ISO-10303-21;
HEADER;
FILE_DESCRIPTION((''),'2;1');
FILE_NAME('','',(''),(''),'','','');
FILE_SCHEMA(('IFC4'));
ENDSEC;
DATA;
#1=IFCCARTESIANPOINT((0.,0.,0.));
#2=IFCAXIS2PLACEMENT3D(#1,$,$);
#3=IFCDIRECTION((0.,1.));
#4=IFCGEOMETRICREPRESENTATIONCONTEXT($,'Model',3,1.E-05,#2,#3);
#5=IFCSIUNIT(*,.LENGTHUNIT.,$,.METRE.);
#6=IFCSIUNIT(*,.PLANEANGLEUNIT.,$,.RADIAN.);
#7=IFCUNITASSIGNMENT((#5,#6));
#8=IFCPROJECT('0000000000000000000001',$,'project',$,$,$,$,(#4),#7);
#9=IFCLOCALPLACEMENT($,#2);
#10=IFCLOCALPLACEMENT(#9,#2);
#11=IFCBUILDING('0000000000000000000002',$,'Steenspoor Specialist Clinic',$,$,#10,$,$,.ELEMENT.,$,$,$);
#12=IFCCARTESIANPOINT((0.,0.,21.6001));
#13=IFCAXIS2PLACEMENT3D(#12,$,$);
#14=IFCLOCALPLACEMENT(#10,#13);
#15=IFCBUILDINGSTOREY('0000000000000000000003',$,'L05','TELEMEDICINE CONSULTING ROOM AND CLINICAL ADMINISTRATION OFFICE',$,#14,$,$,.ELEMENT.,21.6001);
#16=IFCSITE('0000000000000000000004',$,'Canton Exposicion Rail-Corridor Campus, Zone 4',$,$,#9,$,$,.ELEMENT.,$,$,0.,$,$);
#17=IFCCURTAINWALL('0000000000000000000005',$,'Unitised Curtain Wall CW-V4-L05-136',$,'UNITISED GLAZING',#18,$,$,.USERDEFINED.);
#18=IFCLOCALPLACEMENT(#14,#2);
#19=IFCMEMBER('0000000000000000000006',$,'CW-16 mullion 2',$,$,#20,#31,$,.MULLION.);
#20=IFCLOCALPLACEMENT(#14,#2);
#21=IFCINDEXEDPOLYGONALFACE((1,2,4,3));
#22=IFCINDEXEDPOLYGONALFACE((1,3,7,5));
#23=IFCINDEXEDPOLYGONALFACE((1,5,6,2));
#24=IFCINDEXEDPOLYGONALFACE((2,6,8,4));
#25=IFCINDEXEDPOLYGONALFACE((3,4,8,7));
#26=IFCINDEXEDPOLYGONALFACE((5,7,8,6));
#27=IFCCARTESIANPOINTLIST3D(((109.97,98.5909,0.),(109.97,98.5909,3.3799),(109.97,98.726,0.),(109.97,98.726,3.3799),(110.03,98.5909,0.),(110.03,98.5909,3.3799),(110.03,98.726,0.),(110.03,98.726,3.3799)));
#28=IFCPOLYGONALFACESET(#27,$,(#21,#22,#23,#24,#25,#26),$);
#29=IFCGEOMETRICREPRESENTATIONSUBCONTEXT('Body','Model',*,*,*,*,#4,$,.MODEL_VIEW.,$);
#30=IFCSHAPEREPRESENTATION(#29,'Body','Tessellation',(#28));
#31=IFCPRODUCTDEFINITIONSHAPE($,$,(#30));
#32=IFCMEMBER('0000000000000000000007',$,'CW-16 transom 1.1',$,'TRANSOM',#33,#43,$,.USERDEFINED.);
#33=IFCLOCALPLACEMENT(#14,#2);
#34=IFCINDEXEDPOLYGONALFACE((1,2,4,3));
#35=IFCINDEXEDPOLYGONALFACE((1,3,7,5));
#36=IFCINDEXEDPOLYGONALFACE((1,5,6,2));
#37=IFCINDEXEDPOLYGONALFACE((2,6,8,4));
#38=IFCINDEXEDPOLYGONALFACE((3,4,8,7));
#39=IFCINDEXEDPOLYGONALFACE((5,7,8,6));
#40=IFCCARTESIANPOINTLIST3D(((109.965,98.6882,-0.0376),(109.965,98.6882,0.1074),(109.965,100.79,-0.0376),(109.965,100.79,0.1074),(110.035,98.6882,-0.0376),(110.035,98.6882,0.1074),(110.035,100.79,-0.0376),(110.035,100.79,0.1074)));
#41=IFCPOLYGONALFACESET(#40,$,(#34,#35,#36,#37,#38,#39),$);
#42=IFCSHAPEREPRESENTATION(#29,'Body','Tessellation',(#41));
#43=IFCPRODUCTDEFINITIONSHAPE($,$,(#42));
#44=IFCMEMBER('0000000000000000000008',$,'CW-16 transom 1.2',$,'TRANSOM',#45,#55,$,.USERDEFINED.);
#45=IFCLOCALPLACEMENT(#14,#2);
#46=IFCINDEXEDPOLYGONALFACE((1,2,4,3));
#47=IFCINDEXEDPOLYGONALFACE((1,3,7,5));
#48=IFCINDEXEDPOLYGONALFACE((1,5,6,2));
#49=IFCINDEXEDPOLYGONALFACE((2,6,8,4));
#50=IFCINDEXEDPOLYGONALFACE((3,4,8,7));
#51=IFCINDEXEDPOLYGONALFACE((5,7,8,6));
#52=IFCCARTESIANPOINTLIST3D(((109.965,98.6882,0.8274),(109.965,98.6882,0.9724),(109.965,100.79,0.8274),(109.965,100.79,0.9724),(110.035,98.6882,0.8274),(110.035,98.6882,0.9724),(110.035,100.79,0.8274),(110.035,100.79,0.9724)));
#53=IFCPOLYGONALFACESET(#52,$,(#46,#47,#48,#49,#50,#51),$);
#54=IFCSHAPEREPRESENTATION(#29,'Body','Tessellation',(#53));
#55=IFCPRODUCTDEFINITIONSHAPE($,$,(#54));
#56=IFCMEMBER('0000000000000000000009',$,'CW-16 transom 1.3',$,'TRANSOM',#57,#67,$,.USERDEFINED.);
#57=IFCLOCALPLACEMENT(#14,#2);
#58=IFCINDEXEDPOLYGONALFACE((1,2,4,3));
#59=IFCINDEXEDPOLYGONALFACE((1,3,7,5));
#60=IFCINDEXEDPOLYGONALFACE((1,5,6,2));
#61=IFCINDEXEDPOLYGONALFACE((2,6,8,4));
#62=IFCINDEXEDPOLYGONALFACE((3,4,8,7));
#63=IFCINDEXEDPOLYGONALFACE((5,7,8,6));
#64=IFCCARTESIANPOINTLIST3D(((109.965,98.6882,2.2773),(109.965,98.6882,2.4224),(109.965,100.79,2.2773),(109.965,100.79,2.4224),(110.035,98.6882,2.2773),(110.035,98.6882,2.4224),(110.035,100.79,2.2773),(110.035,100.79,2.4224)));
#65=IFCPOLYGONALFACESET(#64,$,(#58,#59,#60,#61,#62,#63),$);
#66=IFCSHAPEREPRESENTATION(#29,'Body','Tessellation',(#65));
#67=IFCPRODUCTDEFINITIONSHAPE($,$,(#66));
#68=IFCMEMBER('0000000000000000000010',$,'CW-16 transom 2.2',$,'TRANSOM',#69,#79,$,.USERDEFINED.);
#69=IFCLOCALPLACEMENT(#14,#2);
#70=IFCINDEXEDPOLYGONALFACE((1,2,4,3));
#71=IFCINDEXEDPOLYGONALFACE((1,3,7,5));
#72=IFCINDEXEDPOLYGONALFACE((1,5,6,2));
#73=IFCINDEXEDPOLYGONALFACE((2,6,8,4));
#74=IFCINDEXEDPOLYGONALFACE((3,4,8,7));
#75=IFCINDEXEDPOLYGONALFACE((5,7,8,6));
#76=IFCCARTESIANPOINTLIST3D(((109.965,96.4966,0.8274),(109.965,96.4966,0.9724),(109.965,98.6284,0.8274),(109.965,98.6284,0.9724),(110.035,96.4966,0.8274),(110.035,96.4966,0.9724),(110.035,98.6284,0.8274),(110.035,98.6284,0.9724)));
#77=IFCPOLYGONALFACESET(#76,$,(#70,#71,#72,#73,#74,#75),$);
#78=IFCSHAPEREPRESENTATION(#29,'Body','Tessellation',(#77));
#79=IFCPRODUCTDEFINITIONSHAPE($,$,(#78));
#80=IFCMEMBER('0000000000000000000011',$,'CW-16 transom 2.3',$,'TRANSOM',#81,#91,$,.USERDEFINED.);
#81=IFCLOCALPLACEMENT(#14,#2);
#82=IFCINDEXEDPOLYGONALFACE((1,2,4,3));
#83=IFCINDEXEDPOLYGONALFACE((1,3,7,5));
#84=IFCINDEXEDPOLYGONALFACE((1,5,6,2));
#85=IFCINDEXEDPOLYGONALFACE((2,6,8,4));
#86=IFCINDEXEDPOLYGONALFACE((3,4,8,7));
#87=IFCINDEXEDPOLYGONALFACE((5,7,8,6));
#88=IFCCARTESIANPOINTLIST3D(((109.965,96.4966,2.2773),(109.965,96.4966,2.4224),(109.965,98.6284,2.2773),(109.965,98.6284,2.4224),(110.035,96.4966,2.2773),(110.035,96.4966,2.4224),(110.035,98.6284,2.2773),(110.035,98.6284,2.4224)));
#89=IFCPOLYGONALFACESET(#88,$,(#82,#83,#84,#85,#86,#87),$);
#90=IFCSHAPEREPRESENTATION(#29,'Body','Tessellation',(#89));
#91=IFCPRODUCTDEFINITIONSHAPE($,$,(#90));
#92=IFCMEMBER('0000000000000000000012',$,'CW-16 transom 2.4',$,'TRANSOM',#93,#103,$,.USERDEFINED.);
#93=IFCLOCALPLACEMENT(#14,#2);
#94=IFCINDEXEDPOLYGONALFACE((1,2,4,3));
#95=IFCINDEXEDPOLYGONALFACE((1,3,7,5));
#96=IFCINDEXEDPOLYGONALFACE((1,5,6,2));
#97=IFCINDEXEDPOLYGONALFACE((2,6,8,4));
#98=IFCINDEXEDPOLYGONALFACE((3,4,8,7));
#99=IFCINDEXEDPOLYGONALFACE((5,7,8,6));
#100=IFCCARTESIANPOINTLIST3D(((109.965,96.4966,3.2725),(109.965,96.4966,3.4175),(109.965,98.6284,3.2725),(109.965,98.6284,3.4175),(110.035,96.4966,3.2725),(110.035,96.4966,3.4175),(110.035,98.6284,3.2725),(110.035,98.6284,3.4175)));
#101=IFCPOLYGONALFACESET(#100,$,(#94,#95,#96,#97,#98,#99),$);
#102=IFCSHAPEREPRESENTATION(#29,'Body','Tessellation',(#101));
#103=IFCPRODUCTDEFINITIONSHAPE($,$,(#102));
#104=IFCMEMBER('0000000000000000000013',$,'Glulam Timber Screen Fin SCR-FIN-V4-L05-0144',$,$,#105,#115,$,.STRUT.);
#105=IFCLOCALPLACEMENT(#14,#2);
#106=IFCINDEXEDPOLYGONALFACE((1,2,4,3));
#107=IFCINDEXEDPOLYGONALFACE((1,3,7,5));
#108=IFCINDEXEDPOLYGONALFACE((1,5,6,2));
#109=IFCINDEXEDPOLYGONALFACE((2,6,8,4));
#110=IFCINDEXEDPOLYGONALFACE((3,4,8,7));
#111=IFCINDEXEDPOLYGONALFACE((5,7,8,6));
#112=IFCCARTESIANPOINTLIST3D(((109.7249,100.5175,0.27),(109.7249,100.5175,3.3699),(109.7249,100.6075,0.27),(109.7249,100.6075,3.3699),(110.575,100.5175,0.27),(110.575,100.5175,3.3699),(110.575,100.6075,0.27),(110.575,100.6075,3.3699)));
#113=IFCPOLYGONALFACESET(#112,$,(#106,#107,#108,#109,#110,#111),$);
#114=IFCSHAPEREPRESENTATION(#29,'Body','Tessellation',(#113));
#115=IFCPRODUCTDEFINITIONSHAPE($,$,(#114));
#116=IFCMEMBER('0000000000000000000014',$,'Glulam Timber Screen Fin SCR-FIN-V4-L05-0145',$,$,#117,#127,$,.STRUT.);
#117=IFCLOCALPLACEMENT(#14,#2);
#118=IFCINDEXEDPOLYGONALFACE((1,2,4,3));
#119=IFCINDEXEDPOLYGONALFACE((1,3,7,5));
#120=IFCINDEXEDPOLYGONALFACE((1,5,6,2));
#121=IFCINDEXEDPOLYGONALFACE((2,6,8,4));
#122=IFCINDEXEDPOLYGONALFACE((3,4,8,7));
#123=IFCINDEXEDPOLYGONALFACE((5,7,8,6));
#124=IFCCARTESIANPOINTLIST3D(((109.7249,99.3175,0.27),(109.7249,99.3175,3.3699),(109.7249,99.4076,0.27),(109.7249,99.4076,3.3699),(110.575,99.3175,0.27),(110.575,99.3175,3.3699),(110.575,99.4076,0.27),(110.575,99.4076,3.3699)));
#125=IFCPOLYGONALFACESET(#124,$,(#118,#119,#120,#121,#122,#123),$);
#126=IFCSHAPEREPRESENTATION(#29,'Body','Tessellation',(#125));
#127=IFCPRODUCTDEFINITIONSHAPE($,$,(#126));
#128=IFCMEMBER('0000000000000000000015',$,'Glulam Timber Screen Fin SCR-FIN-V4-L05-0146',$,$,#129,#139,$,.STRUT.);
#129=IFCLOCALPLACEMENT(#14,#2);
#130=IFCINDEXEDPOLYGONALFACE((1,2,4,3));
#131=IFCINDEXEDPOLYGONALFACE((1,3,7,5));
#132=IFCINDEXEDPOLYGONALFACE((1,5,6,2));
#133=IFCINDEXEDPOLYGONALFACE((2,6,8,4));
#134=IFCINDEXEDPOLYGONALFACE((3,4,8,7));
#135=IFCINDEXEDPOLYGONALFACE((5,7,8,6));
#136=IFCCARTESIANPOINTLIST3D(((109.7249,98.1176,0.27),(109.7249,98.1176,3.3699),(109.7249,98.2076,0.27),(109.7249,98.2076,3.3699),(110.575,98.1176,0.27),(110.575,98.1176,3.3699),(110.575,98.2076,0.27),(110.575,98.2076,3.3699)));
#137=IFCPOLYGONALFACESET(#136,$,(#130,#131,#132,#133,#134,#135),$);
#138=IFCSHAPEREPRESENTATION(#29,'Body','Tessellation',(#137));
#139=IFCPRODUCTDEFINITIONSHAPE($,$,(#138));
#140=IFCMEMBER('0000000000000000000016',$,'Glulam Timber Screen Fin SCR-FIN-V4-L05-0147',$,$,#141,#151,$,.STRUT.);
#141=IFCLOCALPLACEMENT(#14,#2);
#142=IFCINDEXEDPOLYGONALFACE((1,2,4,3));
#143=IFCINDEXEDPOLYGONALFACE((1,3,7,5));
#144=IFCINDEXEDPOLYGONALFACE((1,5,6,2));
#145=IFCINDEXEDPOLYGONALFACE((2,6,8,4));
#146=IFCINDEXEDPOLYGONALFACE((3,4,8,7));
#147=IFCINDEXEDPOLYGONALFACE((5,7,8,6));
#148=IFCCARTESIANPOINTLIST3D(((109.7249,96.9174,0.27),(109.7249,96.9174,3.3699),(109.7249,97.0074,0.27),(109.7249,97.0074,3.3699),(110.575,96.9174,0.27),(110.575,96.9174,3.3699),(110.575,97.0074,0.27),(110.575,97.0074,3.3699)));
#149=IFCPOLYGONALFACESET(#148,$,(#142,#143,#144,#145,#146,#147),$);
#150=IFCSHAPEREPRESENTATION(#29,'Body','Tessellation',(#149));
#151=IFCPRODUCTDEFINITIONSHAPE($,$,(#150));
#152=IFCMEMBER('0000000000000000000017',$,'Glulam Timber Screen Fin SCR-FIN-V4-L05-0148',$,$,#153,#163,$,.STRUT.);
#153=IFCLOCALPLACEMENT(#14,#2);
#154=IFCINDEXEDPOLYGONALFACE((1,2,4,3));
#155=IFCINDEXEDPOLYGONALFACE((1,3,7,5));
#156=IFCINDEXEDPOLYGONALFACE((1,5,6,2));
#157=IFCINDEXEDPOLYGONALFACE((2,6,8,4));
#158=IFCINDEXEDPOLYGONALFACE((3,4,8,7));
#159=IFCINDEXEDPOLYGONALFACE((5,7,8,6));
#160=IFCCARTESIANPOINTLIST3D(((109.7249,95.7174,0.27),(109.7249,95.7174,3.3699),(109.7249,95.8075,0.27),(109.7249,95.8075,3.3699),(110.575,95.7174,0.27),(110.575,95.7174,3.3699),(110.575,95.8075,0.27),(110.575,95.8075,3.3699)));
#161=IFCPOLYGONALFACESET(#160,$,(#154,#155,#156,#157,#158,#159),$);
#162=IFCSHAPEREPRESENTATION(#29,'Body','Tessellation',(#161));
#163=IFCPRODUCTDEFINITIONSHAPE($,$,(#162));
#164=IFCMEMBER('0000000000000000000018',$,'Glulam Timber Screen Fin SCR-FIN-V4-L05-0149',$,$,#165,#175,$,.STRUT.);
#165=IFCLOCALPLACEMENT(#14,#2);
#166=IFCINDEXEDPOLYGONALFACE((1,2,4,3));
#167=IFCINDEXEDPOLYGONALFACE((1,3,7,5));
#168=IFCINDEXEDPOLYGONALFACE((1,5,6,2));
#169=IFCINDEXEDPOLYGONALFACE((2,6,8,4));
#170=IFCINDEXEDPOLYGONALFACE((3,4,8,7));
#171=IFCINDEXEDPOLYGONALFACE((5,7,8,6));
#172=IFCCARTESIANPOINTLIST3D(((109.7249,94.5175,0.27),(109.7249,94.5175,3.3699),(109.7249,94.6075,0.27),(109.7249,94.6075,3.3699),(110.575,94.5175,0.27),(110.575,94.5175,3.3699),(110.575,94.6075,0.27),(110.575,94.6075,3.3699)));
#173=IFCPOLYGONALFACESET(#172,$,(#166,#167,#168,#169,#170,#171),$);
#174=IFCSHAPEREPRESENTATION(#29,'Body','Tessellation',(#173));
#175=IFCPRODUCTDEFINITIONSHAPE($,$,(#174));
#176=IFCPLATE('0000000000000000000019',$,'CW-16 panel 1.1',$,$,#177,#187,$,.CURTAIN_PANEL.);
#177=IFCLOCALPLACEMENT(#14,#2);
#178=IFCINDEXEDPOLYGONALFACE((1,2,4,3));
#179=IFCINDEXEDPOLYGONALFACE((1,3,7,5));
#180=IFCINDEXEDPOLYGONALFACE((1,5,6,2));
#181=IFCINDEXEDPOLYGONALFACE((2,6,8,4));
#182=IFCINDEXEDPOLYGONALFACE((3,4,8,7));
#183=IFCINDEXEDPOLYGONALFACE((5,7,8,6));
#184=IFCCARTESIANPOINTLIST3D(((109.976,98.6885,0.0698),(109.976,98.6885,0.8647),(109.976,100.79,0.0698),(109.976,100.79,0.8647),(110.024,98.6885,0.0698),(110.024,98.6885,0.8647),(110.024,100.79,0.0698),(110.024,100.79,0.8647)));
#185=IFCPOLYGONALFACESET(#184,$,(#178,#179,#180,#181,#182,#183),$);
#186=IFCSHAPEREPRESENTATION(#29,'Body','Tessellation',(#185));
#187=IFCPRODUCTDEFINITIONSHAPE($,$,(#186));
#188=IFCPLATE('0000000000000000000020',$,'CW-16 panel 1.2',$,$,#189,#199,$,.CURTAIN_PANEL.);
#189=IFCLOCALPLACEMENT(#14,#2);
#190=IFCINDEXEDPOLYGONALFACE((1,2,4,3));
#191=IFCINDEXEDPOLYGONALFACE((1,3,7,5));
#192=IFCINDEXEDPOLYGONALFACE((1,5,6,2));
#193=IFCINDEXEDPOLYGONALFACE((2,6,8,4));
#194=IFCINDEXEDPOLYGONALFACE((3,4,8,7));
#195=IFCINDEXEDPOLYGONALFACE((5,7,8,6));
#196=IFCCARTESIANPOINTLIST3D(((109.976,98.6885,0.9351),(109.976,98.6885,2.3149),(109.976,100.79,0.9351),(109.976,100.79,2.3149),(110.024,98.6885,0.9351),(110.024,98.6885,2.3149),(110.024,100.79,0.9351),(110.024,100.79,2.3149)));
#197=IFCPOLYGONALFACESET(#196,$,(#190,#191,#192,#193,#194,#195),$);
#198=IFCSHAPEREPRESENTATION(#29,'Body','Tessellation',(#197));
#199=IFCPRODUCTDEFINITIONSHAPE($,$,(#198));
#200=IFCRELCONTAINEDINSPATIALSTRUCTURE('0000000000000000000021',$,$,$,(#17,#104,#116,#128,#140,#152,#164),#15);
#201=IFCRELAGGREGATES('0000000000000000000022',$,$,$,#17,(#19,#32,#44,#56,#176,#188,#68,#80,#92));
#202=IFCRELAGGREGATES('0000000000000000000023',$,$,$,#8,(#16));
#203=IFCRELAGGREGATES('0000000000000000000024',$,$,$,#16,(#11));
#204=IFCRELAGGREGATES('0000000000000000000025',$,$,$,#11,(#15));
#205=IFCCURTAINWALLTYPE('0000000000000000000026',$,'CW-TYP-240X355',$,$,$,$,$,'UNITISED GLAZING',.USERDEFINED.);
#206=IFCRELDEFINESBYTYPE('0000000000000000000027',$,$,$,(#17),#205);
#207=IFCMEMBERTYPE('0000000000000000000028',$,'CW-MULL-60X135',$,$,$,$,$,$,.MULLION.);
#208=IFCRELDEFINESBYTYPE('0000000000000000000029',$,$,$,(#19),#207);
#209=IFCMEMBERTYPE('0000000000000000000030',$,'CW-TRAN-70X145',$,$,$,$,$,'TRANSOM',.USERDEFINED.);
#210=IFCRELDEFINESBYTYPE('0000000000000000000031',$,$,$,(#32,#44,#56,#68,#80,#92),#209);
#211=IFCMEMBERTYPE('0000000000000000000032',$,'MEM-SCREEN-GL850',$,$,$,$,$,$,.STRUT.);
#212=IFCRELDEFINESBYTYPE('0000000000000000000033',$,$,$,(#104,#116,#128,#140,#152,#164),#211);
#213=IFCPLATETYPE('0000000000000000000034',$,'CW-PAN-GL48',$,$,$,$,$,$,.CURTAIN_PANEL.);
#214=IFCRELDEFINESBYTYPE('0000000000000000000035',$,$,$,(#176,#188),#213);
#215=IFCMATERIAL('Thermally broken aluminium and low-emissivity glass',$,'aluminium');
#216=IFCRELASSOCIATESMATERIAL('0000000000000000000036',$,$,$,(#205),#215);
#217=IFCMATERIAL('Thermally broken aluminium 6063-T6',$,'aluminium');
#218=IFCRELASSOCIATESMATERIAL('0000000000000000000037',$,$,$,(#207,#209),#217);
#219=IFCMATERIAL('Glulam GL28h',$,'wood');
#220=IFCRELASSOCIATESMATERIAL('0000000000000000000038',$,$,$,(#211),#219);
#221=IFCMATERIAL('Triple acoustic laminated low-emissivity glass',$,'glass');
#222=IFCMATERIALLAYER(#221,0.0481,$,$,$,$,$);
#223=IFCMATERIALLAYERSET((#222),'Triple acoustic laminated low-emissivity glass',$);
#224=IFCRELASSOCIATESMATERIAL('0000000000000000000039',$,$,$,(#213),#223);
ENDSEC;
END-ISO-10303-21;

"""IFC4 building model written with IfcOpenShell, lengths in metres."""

from ifc_helpers import new_model, si_unit, direction, frame, origin, origin_2d, place, context, subcontext, project, spatial, rectangle, extrude, material, layer, layer_set, material_profile, profile_set, type_object, element, aggregate, save


model = new_model("IFC4")

# Units and contexts
model_context = context("Model", 3, precision=1e-05, world=origin(), true_north=direction((0.0, 1.0)))
body_context = subcontext(model_context, "Body", "Model", "MODEL_VIEW")
ifc_project = project(units=[si_unit("LENGTHUNIT", "METRE"), si_unit("PLANEANGLEUNIT", "RADIAN")], contexts=[model_context])

# Site, building, storey
site_placement = place(None, origin())
site = spatial("IfcSite", under=ifc_project, at=site_placement, Name="Canton Exposicion Rail-Corridor Campus, Zone 4", CompositionType="ELEMENT", RefElevation=0.0)
building_placement = place(site_placement, origin())
building = spatial("IfcBuilding", under=site, at=building_placement, Name="Steenspoor Specialist Clinic", CompositionType="ELEMENT")
storey_placement = place(building_placement, frame((0.0, 0.0, 21.6001)))
storey = spatial("IfcBuildingStorey", under=building, at=storey_placement, Name="L05", Description="TELEMEDICINE CONSULTING ROOM AND CLINICAL ADMINISTRATION OFFICE", CompositionType="ELEMENT", Elevation=21.6001)

# Curtain wall, members
ifc_material_1 = material(Name="Thermally broken aluminium and low-emissivity glass", Category="aluminium")
curtain_wall_type = type_object("IfcCurtainWallType", Name="CW-TYP-240X355", ElementType="UNITISED GLAZING", PredefinedType="USERDEFINED", material=ifc_material_1)
curtain_wall_placement = place(storey_placement, origin())
curtain_wall = element("IfcCurtainWall", 1, at=curtain_wall_placement, inside=storey, type_object=curtain_wall_type, Name="Unitised Curtain Wall CW-V4-L05-136", ObjectType="UNITISED GLAZING", PredefinedType="USERDEFINED")
ifc_material_2 = material(Name="Thermally broken aluminium 6063-T6", Category="aluminium")
ifc_material_profile_1 = material_profile(ifc_material_2, rectangle(XDim=0.0601, YDim=0.135, at=origin_2d()), Name="CWM-60X135")
ifc_profile_set_1 = profile_set([ifc_material_profile_1], Name="Thermally broken aluminium 6063-T6")
member_type_1 = type_object("IfcMemberType", Name="CW-MULL-60X135", PredefinedType="MULLION", material=ifc_profile_set_1)
member_1_placement = place(storey_placement, frame((110.0, 98.6584, 0.0), z_axis=(0.0, 0.0, 1.0), x_axis=(1.0, 0.0, 0.0)))
member_1 = element("IfcMember", 2, at=member_1_placement, type_object=member_type_1, Name="CW-16 mullion 2", PredefinedType="MULLION", context=body_context, shape_type="SweptSolid", body=[
    extrude(rectangle(XDim=0.0601, YDim=0.135, at=origin_2d()), origin(), (0.0, 0.0, 1.0), 3.3799),
])
ifc_material_profile_2 = material_profile(ifc_material_2, rectangle(XDim=0.0701, YDim=0.145, at=origin_2d()), Name="CWT-70X145")
ifc_profile_set_2 = profile_set([ifc_material_profile_2], Name="Thermally broken aluminium 6063-T6")
member_type_2 = type_object("IfcMemberType", Name="CW-TRAN-70X145", ElementType="TRANSOM", PredefinedType="USERDEFINED", material=ifc_profile_set_2)
member_2_placement = place(storey_placement, frame((110.0, 100.79, 0.0349), z_axis=(0.0, -1.0, 0.0), x_axis=(1.0, 0.0, 0.0)))
member_2 = element("IfcMember", 3, at=member_2_placement, type_object=member_type_2, Name="CW-16 transom 1.1", ObjectType="TRANSOM", PredefinedType="USERDEFINED", context=body_context, shape_type="SweptSolid", body=[
    extrude(rectangle(XDim=0.0701, YDim=0.145, at=origin_2d()), origin(), (0.0, 0.0, 1.0), 2.1018),
])
member_3_placement = place(storey_placement, frame((110.0, 100.79, 0.8999), z_axis=(0.0, -1.0, 0.0), x_axis=(1.0, 0.0, 0.0)))
member_3 = element("IfcMember", 4, at=member_3_placement, type_object=member_type_2, Name="CW-16 transom 1.2", ObjectType="TRANSOM", PredefinedType="USERDEFINED", context=body_context, shape_type="SweptSolid", body=[
    extrude(rectangle(XDim=0.0701, YDim=0.145, at=origin_2d()), origin(), (0.0, 0.0, 1.0), 2.1018),
])
member_4_placement = place(storey_placement, frame((110.0, 100.79, 2.3499), z_axis=(0.0, -1.0, 0.0), x_axis=(1.0, 0.0, 0.0)))
member_4 = element("IfcMember", 5, at=member_4_placement, type_object=member_type_2, Name="CW-16 transom 1.3", ObjectType="TRANSOM", PredefinedType="USERDEFINED", context=body_context, shape_type="SweptSolid", body=[
    extrude(rectangle(XDim=0.0701, YDim=0.145, at=origin_2d()), origin(), (0.0, 0.0, 1.0), 2.1018),
])
member_5_placement = place(storey_placement, frame((110.0, 98.6284, 0.8999), z_axis=(0.0, -1.0, 0.0), x_axis=(1.0, 0.0, 0.0)))
member_5 = element("IfcMember", 6, at=member_5_placement, type_object=member_type_2, Name="CW-16 transom 2.2", ObjectType="TRANSOM", PredefinedType="USERDEFINED", context=body_context, shape_type="SweptSolid", body=[
    extrude(rectangle(XDim=0.0701, YDim=0.145, at=origin_2d()), origin(), (0.0, 0.0, 1.0), 2.1318),
])
member_6_placement = place(storey_placement, frame((110.0, 98.6284, 2.3499), z_axis=(0.0, -1.0, 0.0), x_axis=(1.0, 0.0, 0.0)))
member_6 = element("IfcMember", 7, at=member_6_placement, type_object=member_type_2, Name="CW-16 transom 2.3", ObjectType="TRANSOM", PredefinedType="USERDEFINED", context=body_context, shape_type="SweptSolid", body=[
    extrude(rectangle(XDim=0.0701, YDim=0.145, at=origin_2d()), origin(), (0.0, 0.0, 1.0), 2.1318),
])
member_7_placement = place(storey_placement, frame((110.0, 98.6284, 3.345), z_axis=(0.0, -1.0, 0.0), x_axis=(1.0, 0.0, 0.0)))
member_7 = element("IfcMember", 8, at=member_7_placement, type_object=member_type_2, Name="CW-16 transom 2.4", ObjectType="TRANSOM", PredefinedType="USERDEFINED", context=body_context, shape_type="SweptSolid", body=[
    extrude(rectangle(XDim=0.0701, YDim=0.145, at=origin_2d()), origin(), (0.0, 0.0, 1.0), 2.1318),
])

# Members
ifc_material_3 = material(Name="Glulam GL28h", Category="wood")
ifc_material_profile_3 = material_profile(ifc_material_3, rectangle(XDim=0.0901, YDim=0.8501, at=origin_2d()), Name="GL28H-90X850")
ifc_profile_set_3 = profile_set([ifc_material_profile_3], Name="Glulam GL28h")
member_type_3 = type_object("IfcMemberType", Name="MEM-SCREEN-GL850", PredefinedType="STRUT", material=ifc_profile_set_3)
for number, where, z_axis, x_axis, name in (
    (9, (110.1499, 100.5625, 0.27), (0.0, 0.0, 1.0), (0.0, -1.0, 0.0), "Glulam Timber Screen Fin SCR-FIN-V4-L05-0144"),
    (10, (110.1499, 99.3625, 0.27), (0.0, 0.0, 1.0), (0.0, -1.0, 0.0), "Glulam Timber Screen Fin SCR-FIN-V4-L05-0145"),
    (11, (110.1499, 98.1626, 0.27), (0.0, 0.0, 1.0), (0.0, -1.0, 0.0), "Glulam Timber Screen Fin SCR-FIN-V4-L05-0146"),
    (12, (110.1499, 96.9624, 0.27), (0.0, 0.0, 1.0), (0.0, -1.0, 0.0), "Glulam Timber Screen Fin SCR-FIN-V4-L05-0147"),
    (13, (110.1499, 95.7625, 0.27), (0.0, 0.0, 1.0), (0.0, -1.0, 0.0), "Glulam Timber Screen Fin SCR-FIN-V4-L05-0148"),
    (14, (110.1499, 94.5625, 0.27), (0.0, 0.0, 1.0), (0.0, -1.0, 0.0), "Glulam Timber Screen Fin SCR-FIN-V4-L05-0149"),
):
    element("IfcMember", number, at=place(storey_placement, frame(where, z_axis=z_axis, x_axis=x_axis)), inside=storey, type_object=member_type_3, Name=name, PredefinedType="STRUT", context=body_context, shape_type="SweptSolid", body=[
        extrude(rectangle(XDim=0.0901, YDim=0.8501, at=origin_2d()), origin(), (0.0, 0.0, 1.0), 3.0999),
    ])

# Plates
ifc_material_4 = material(Name="Triple acoustic laminated low-emissivity glass", Category="glass")
ifc_layer_1 = layer(ifc_material_4, 0.0481)
ifc_layer_set_1 = layer_set([ifc_layer_1], Name="Triple acoustic laminated low-emissivity glass")
plate_type = type_object("IfcPlateType", Name="CW-PAN-GL48", PredefinedType="CURTAIN_PANEL", material=ifc_layer_set_1)
plate_1_placement = place(storey_placement, frame((110.0, 99.7393, 0.0698), z_axis=(0.0, 0.0, 1.0), x_axis=(0.0, -1.0, 0.0)))
plate_1 = element("IfcPlate", 15, at=plate_1_placement, type_object=plate_type, Name="CW-16 panel 1.1", PredefinedType="CURTAIN_PANEL", context=body_context, shape_type="SweptSolid", body=[
    extrude(rectangle(XDim=2.1016, YDim=0.0481, at=origin_2d()), origin(), (0.0, 0.0, 1.0), 0.7949),
])
plate_2_placement = place(storey_placement, frame((110.0, 99.7393, 0.9351), z_axis=(0.0, 0.0, 1.0), x_axis=(0.0, -1.0, 0.0)))
plate_2 = element("IfcPlate", 16, at=plate_2_placement, type_object=plate_type, Name="CW-16 panel 1.2", PredefinedType="CURTAIN_PANEL", context=body_context, shape_type="SweptSolid", body=[
    extrude(rectangle(XDim=2.1016, YDim=0.0481, at=origin_2d()), origin(), (0.0, 0.0, 1.0), 1.3799),
])
aggregate(curtain_wall, [member_1, member_2, member_3, member_4, plate_1, plate_2, member_5, member_6, member_7])

save(model, "model.ifc")
